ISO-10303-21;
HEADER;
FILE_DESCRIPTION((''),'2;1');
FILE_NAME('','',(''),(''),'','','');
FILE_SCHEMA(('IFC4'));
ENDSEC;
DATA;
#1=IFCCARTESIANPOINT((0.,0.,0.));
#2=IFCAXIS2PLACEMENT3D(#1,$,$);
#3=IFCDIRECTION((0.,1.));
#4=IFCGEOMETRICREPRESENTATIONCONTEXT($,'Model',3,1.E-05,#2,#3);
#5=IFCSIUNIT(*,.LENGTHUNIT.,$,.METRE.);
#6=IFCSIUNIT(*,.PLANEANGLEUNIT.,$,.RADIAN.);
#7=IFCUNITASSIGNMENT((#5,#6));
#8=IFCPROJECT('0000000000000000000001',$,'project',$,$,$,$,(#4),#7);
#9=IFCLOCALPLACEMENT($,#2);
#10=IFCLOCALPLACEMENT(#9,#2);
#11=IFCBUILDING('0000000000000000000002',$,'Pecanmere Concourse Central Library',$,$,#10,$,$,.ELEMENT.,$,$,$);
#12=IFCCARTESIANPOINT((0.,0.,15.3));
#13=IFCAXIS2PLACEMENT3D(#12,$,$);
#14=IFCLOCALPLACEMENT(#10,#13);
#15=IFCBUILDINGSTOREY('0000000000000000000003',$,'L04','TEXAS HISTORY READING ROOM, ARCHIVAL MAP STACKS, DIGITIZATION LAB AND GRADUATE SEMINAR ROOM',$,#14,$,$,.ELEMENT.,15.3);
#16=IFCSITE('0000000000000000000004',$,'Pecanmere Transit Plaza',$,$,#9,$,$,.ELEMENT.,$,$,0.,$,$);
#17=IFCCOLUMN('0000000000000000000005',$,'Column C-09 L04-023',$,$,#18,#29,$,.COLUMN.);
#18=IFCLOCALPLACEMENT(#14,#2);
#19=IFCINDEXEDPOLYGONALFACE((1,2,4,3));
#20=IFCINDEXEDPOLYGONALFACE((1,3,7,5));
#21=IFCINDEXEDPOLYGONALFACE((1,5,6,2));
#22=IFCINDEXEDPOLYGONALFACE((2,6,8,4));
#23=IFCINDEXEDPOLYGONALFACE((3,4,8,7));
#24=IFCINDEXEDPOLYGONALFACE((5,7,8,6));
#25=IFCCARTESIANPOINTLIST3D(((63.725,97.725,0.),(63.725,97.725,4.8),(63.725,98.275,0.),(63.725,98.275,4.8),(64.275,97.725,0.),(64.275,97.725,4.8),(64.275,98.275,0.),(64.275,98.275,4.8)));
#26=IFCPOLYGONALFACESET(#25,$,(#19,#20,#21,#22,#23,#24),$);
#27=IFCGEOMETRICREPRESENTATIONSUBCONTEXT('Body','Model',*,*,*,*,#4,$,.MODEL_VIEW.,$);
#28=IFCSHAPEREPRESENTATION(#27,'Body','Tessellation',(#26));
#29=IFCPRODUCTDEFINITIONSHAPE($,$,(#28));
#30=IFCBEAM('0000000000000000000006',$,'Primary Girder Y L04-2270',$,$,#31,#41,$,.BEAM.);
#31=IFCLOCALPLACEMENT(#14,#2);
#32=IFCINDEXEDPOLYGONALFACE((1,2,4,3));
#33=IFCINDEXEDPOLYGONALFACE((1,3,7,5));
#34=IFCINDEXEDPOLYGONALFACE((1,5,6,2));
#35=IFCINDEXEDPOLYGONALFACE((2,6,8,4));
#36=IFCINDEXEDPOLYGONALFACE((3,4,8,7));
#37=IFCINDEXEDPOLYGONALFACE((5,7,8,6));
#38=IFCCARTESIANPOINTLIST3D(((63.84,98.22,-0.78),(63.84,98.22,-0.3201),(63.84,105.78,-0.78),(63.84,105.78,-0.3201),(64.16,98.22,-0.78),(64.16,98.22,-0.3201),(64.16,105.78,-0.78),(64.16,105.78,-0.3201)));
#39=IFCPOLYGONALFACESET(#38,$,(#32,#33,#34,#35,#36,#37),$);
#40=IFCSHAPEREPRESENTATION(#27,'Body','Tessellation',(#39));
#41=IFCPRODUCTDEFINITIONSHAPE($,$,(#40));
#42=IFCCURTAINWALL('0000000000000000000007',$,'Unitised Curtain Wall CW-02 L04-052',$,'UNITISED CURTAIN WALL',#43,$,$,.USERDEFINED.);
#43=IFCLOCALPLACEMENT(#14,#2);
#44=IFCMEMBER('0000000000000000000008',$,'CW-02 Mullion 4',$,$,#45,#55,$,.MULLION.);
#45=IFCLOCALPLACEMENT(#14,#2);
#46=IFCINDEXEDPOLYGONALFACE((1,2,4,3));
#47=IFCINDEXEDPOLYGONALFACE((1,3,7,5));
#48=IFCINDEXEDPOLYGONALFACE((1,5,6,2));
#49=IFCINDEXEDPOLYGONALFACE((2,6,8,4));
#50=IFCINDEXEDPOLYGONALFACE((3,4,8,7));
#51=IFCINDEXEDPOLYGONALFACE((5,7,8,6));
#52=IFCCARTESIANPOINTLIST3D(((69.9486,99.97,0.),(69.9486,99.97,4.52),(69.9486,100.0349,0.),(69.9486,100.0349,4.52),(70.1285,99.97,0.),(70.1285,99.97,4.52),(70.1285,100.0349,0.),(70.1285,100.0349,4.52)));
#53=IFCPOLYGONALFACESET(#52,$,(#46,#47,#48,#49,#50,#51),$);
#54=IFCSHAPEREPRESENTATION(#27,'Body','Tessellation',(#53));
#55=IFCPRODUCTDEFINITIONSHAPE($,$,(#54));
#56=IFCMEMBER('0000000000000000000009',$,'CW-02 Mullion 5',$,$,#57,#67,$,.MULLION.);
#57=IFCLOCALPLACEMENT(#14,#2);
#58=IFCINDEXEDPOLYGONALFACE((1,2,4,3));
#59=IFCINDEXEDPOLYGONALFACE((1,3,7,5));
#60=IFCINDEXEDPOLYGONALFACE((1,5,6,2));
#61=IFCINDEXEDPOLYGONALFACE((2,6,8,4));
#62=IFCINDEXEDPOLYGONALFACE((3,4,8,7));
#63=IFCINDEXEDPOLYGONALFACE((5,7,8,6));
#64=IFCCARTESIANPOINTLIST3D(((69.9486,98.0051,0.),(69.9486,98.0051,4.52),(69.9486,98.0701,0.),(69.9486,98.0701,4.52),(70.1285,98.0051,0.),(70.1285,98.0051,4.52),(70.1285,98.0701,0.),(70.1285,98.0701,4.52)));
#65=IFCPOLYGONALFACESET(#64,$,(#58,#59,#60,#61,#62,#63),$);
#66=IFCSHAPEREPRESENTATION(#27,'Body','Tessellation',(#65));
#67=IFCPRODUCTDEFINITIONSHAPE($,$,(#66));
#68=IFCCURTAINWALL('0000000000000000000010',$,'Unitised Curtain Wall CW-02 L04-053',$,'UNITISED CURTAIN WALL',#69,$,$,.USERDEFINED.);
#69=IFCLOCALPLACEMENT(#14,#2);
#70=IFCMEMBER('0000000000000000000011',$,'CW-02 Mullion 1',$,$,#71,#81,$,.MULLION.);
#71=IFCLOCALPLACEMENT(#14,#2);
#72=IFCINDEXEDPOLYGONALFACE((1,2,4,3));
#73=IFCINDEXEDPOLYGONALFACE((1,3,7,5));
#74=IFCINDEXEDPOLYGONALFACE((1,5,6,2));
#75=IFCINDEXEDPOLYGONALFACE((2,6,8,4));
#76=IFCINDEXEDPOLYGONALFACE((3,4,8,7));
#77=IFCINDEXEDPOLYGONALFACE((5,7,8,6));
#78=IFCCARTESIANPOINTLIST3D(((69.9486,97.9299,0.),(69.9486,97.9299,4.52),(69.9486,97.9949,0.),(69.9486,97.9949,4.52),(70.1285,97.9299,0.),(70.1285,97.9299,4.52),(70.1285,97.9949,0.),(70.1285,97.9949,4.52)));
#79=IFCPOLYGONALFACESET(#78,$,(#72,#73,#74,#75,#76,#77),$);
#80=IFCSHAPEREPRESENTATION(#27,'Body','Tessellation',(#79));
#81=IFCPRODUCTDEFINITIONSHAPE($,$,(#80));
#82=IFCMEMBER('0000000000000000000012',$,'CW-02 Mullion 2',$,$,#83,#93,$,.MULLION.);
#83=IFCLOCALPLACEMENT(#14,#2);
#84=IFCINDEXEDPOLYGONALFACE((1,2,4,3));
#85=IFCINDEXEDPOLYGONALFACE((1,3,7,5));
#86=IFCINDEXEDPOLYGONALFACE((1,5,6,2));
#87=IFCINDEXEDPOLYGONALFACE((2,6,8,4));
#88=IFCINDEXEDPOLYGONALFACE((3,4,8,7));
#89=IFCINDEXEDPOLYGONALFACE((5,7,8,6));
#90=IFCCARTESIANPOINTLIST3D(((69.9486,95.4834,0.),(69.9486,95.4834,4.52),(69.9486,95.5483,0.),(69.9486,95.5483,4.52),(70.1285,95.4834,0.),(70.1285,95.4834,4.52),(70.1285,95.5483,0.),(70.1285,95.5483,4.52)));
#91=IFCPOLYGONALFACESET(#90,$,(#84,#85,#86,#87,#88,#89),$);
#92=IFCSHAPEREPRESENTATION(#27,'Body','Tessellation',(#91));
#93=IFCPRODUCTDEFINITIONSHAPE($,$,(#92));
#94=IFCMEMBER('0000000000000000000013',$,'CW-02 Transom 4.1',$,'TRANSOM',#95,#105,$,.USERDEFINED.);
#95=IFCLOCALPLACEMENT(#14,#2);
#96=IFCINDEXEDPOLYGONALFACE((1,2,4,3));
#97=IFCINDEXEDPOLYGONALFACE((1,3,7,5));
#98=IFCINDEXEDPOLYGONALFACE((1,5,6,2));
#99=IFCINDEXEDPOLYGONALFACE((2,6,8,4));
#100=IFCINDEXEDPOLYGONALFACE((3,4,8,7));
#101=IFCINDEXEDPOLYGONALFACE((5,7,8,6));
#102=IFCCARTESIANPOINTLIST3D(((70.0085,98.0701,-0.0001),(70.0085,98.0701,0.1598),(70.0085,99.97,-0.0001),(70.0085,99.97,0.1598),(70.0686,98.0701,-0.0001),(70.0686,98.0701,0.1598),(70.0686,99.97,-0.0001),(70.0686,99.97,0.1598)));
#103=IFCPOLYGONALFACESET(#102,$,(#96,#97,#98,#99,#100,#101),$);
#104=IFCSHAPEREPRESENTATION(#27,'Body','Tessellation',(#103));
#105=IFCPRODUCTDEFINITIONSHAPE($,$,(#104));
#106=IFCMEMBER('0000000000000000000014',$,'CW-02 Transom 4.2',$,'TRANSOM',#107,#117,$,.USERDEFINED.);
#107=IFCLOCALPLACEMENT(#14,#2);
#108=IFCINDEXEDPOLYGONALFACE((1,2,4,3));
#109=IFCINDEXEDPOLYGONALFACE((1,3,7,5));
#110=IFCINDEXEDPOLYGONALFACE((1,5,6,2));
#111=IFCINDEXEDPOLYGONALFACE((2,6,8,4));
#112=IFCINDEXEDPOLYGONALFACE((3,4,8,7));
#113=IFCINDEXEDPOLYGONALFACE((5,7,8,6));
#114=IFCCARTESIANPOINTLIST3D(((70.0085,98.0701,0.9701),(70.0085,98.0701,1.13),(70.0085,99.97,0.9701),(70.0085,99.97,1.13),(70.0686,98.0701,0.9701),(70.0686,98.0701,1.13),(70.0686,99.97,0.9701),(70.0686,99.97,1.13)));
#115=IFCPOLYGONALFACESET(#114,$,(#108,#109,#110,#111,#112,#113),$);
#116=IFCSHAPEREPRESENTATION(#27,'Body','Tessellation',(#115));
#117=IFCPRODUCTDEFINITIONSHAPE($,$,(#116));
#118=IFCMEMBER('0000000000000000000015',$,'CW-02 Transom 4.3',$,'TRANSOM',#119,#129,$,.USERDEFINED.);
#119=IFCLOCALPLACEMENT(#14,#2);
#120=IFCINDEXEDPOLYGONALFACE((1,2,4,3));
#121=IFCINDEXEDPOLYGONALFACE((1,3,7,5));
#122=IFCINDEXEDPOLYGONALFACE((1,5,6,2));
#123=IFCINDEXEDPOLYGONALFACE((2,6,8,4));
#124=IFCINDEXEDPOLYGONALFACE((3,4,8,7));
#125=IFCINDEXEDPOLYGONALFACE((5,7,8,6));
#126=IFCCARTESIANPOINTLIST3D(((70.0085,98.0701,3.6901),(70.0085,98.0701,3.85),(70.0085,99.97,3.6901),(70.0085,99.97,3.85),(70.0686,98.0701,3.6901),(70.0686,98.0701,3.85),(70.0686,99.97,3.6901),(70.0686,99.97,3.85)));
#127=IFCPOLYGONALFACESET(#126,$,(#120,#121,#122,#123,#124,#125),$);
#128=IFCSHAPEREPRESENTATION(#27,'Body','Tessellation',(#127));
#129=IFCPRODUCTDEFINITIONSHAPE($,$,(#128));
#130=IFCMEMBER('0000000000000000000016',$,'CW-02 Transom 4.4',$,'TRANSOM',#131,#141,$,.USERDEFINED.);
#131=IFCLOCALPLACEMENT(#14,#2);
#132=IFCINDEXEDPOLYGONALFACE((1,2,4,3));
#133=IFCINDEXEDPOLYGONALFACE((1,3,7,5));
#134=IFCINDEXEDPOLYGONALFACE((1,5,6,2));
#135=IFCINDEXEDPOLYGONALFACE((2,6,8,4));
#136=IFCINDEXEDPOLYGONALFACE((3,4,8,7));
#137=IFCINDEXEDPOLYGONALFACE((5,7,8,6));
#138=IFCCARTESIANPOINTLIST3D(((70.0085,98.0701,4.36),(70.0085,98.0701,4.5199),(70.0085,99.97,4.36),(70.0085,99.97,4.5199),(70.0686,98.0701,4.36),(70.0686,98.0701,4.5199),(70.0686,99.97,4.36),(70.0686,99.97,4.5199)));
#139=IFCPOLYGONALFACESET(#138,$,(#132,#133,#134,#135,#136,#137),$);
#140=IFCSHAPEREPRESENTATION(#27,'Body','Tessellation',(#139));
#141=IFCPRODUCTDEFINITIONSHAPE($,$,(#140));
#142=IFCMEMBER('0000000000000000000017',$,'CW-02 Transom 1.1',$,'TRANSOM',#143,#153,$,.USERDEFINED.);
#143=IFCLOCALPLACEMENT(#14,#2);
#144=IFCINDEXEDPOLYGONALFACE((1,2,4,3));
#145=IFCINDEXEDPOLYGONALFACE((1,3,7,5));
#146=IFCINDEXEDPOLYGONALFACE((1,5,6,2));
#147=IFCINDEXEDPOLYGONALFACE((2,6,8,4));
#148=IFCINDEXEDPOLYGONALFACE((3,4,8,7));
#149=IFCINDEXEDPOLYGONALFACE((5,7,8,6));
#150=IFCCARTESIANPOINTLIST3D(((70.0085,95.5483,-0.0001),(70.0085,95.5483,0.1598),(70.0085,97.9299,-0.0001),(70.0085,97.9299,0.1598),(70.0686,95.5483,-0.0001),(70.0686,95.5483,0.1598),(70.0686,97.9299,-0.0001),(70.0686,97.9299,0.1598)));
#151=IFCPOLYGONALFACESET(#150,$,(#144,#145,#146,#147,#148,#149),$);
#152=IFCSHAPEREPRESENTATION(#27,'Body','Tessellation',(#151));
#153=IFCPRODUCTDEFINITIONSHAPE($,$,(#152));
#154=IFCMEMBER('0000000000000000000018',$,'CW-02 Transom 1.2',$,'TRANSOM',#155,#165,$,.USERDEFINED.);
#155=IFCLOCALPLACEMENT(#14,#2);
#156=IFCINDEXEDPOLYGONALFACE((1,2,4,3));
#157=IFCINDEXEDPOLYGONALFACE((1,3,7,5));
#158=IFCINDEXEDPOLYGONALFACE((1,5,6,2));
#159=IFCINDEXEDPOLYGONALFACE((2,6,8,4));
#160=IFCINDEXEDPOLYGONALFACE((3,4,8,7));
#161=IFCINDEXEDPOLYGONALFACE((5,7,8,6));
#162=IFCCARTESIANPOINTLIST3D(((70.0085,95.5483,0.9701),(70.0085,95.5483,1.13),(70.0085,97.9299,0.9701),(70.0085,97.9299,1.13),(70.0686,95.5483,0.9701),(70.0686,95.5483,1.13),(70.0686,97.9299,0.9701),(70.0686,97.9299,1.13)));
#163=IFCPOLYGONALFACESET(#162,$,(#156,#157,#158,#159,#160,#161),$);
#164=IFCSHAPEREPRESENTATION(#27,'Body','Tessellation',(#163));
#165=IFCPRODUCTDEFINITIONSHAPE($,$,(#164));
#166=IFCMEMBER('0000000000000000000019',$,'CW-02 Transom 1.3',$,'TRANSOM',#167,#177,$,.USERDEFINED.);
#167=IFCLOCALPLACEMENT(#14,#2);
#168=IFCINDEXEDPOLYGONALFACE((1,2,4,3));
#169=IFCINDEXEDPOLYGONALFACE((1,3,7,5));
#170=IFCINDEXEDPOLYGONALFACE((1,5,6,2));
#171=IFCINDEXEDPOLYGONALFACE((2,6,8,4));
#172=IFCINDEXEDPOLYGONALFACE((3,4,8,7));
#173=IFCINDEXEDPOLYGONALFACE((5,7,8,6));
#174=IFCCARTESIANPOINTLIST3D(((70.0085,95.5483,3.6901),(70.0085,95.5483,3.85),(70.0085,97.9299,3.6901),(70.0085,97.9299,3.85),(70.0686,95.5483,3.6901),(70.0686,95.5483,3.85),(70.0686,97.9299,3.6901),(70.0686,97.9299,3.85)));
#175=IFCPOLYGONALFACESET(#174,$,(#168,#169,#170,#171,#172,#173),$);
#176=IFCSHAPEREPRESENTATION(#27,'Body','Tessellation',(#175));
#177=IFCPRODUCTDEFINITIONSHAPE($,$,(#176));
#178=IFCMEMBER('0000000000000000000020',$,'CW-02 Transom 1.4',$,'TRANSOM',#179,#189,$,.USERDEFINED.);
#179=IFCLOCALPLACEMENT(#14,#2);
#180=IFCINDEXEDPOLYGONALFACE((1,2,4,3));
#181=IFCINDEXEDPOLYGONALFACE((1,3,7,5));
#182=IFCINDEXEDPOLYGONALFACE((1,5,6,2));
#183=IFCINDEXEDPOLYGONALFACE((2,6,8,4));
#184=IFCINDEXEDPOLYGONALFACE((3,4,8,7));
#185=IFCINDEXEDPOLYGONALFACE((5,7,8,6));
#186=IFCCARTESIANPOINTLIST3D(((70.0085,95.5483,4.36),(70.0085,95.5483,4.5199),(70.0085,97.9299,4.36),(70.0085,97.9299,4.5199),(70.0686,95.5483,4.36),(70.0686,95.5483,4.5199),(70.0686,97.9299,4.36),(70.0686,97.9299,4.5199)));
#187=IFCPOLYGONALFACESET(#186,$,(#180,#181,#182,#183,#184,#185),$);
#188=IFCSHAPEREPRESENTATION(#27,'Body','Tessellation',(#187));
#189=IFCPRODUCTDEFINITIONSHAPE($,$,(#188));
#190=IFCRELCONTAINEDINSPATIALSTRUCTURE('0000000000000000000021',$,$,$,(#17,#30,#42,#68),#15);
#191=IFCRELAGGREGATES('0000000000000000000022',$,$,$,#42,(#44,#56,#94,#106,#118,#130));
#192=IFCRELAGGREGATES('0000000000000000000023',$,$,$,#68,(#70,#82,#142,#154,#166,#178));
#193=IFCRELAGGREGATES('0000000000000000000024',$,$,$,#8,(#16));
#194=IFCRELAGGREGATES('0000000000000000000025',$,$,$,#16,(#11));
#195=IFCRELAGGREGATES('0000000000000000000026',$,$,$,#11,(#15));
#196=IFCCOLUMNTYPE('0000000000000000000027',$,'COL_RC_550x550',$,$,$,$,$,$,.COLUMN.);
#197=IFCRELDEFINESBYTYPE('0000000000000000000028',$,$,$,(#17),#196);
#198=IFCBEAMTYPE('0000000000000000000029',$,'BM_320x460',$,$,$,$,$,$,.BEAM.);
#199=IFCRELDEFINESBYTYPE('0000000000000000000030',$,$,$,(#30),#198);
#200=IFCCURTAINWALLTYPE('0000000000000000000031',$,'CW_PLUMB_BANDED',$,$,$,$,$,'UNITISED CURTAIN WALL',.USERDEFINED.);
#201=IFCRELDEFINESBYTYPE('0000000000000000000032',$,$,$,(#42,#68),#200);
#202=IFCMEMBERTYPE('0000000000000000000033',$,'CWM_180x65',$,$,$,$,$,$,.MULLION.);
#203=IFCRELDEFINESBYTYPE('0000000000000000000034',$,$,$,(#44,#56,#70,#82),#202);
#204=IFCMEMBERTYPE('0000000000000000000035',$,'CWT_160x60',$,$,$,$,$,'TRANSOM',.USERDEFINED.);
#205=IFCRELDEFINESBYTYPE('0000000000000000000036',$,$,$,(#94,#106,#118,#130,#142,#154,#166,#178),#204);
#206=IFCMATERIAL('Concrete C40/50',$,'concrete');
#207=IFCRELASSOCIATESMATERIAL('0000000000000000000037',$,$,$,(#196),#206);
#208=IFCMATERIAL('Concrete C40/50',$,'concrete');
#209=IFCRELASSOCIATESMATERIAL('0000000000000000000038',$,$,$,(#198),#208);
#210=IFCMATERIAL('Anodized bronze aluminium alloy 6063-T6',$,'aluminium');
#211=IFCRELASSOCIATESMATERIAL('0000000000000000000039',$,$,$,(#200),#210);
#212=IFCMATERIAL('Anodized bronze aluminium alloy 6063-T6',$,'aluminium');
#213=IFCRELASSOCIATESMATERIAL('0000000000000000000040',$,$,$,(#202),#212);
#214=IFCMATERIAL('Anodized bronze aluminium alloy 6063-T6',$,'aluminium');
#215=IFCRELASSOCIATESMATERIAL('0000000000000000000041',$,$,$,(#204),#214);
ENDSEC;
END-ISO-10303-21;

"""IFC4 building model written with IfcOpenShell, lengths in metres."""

from ifc_helpers import new_model, si_unit, direction, frame, origin, origin_2d, place, context, subcontext, project, spatial, rectangle, extrude, material, material_profile, profile_set, type_object, element, aggregate, save


model = new_model("IFC4")

# Units and contexts
model_context = context("Model", 3, precision=1e-05, world=origin(), true_north=direction((0.0, 1.0)))
body_context = subcontext(model_context, "Body", "Model", "MODEL_VIEW")
ifc_project = project(units=[si_unit("LENGTHUNIT", "METRE"), si_unit("PLANEANGLEUNIT", "RADIAN")], contexts=[model_context])

# Site, building, storey
site_placement = place(None, origin())
site = spatial("IfcSite", under=ifc_project, at=site_placement, Name="Pecanmere Transit Plaza", CompositionType="ELEMENT", RefElevation=0.0)
building_placement = place(site_placement, origin())
building = spatial("IfcBuilding", under=site, at=building_placement, Name="Pecanmere Concourse Central Library", CompositionType="ELEMENT")
storey_placement = place(building_placement, frame((0.0, 0.0, 15.3)))
storey = spatial("IfcBuildingStorey", under=building, at=storey_placement, Name="L04", Description="TEXAS HISTORY READING ROOM, ARCHIVAL MAP STACKS, DIGITIZATION LAB AND GRADUATE SEMINAR ROOM", CompositionType="ELEMENT", Elevation=15.3)

# Column
ifc_material_1 = material(Name="Concrete C40/50", Category="concrete")
ifc_material_profile_1 = material_profile(ifc_material_1, rectangle(XDim=0.55, YDim=0.55, at=origin_2d()), Name="RC 550x550")
ifc_profile_set_1 = profile_set([ifc_material_profile_1], Name="Concrete C40/50")
column_type = type_object("IfcColumnType", Name="COL_RC_550x550", PredefinedType="COLUMN", material=ifc_profile_set_1)
column_placement = place(storey_placement, frame((64.0, 98.0, 0.0), z_axis=(0.0, 0.0, 1.0), x_axis=(1.0, 0.0, 0.0)))
element("IfcColumn", 1, at=column_placement, inside=storey, type_object=column_type, Name="Column C-09 L04-023", PredefinedType="COLUMN", context=body_context, shape_type="SweptSolid", body=[
    extrude(rectangle(XDim=0.55, YDim=0.55, at=origin_2d()), origin(), (0.0, 0.0, 1.0), 4.8),
])

# Beam
ifc_material_2 = material(Name="Concrete C40/50", Category="concrete")
ifc_material_profile_2 = material_profile(ifc_material_2, rectangle(XDim=0.3201, YDim=0.46, at=origin_2d()), Name="RC 320x460")
ifc_profile_set_2 = profile_set([ifc_material_profile_2], Name="Concrete C40/50")
beam_type = type_object("IfcBeamType", Name="BM_320x460", PredefinedType="BEAM", material=ifc_profile_set_2)
beam_placement = place(storey_placement, frame((64.0, 98.22, -0.55), z_axis=(0.0, 1.0, 0.0), x_axis=(-1.0, 0.0, 0.0)))
element("IfcBeam", 2, at=beam_placement, inside=storey, type_object=beam_type, Name="Primary Girder Y L04-2270", PredefinedType="BEAM", context=body_context, shape_type="SweptSolid", body=[
    extrude(rectangle(XDim=0.3201, YDim=0.46, at=origin_2d()), origin(), (0.0, 0.0, 1.0), 7.5601),
])

# Curtain walls, members
ifc_material_3 = material(Name="Anodized bronze aluminium alloy 6063-T6", Category="aluminium")
curtain_wall_type = type_object("IfcCurtainWallType", Name="CW_PLUMB_BANDED", ElementType="UNITISED CURTAIN WALL", PredefinedType="USERDEFINED", material=ifc_material_3)
curtain_wall_1_placement = place(storey_placement, origin())
curtain_wall_1 = element("IfcCurtainWall", 3, at=curtain_wall_1_placement, inside=storey, type_object=curtain_wall_type, Name="Unitised Curtain Wall CW-02 L04-052", ObjectType="UNITISED CURTAIN WALL", PredefinedType="USERDEFINED")
ifc_material_4 = material(Name="Anodized bronze aluminium alloy 6063-T6", Category="aluminium")
ifc_material_profile_3 = material_profile(ifc_material_4, rectangle(XDim=0.0649, YDim=0.1799, at=origin_2d()), Name="AL 65x180")
ifc_profile_set_3 = profile_set([ifc_material_profile_3], Name="Anodized bronze aluminium alloy 6063-T6")
member_type_1 = type_object("IfcMemberType", Name="CWM_180x65", PredefinedType="MULLION", material=ifc_profile_set_3)
member_1_placement = place(storey_placement, frame((70.0386, 100.0024, 0.0), z_axis=(0.0, 0.0, 1.0), x_axis=(0.0, -1.0, 0.0)))
member_1 = element("IfcMember", 4, at=member_1_placement, type_object=member_type_1, Name="CW-02 Mullion 4", PredefinedType="MULLION", context=body_context, shape_type="SweptSolid", body=[
    extrude(rectangle(XDim=0.0649, YDim=0.1799, at=origin_2d()), origin(), (0.0, 0.0, 1.0), 4.52),
])
member_2_placement = place(storey_placement, frame((70.0386, 98.0376, 0.0), z_axis=(0.0, 0.0, 1.0), x_axis=(0.0, -1.0, 0.0)))
member_2 = element("IfcMember", 5, at=member_2_placement, type_object=member_type_1, Name="CW-02 Mullion 5", PredefinedType="MULLION", context=body_context, shape_type="SweptSolid", body=[
    extrude(rectangle(XDim=0.0649, YDim=0.1799, at=origin_2d()), origin(), (0.0, 0.0, 1.0), 4.52),
])
curtain_wall_2_placement = place(storey_placement, origin())
curtain_wall_2 = element("IfcCurtainWall", 6, at=curtain_wall_2_placement, inside=storey, type_object=curtain_wall_type, Name="Unitised Curtain Wall CW-02 L04-053", ObjectType="UNITISED CURTAIN WALL", PredefinedType="USERDEFINED")
member_3_placement = place(storey_placement, frame((70.0386, 97.9624, 0.0), z_axis=(0.0, 0.0, 1.0), x_axis=(0.0, -1.0, 0.0)))
member_3 = element("IfcMember", 7, at=member_3_placement, type_object=member_type_1, Name="CW-02 Mullion 1", PredefinedType="MULLION", context=body_context, shape_type="SweptSolid", body=[
    extrude(rectangle(XDim=0.0649, YDim=0.1799, at=origin_2d()), origin(), (0.0, 0.0, 1.0), 4.52),
])
member_4_placement = place(storey_placement, frame((70.0386, 95.5159, 0.0), z_axis=(0.0, 0.0, 1.0), x_axis=(0.0, -1.0, 0.0)))
member_4 = element("IfcMember", 8, at=member_4_placement, type_object=member_type_1, Name="CW-02 Mullion 2", PredefinedType="MULLION", context=body_context, shape_type="SweptSolid", body=[
    extrude(rectangle(XDim=0.0649, YDim=0.1799, at=origin_2d()), origin(), (0.0, 0.0, 1.0), 4.52),
])

# Members
ifc_material_5 = material(Name="Anodized bronze aluminium alloy 6063-T6", Category="aluminium")
ifc_material_profile_4 = material_profile(ifc_material_5, rectangle(XDim=0.0601, YDim=0.1599, at=origin_2d()), Name="AL 60x160")
ifc_profile_set_4 = profile_set([ifc_material_profile_4], Name="Anodized bronze aluminium alloy 6063-T6")
member_type_2 = type_object("IfcMemberType", Name="CWT_160x60", ElementType="TRANSOM", PredefinedType="USERDEFINED", material=ifc_profile_set_4)
member_5_placement = place(storey_placement, frame((70.0386, 99.97, 0.0798), z_axis=(0.0, -1.0, 0.0), x_axis=(1.0, 0.0, 0.0)))
member_5 = element("IfcMember", 9, at=member_5_placement, type_object=member_type_2, Name="CW-02 Transom 4.1", ObjectType="TRANSOM", PredefinedType="USERDEFINED", context=body_context, shape_type="SweptSolid", body=[
    extrude(rectangle(XDim=0.0601, YDim=0.1599, at=origin_2d()), origin(), (0.0, 0.0, 1.0), 1.8999),
])
member_6_placement = place(storey_placement, frame((70.0386, 99.97, 1.05), z_axis=(0.0, -1.0, 0.0), x_axis=(1.0, 0.0, 0.0)))
member_6 = element("IfcMember", 10, at=member_6_placement, type_object=member_type_2, Name="CW-02 Transom 4.2", ObjectType="TRANSOM", PredefinedType="USERDEFINED", context=body_context, shape_type="SweptSolid", body=[
    extrude(rectangle(XDim=0.0601, YDim=0.1599, at=origin_2d()), origin(), (0.0, 0.0, 1.0), 1.8999),
])
member_7_placement = place(storey_placement, frame((70.0386, 99.97, 3.77), z_axis=(0.0, -1.0, 0.0), x_axis=(1.0, 0.0, 0.0)))
member_7 = element("IfcMember", 11, at=member_7_placement, type_object=member_type_2, Name="CW-02 Transom 4.3", ObjectType="TRANSOM", PredefinedType="USERDEFINED", context=body_context, shape_type="SweptSolid", body=[
    extrude(rectangle(XDim=0.0601, YDim=0.1599, at=origin_2d()), origin(), (0.0, 0.0, 1.0), 1.8999),
])
member_8_placement = place(storey_placement, frame((70.0386, 99.97, 4.4399), z_axis=(0.0, -1.0, 0.0), x_axis=(1.0, 0.0, 0.0)))
member_8 = element("IfcMember", 12, at=member_8_placement, type_object=member_type_2, Name="CW-02 Transom 4.4", ObjectType="TRANSOM", PredefinedType="USERDEFINED", context=body_context, shape_type="SweptSolid", body=[
    extrude(rectangle(XDim=0.0601, YDim=0.1599, at=origin_2d()), origin(), (0.0, 0.0, 1.0), 1.8999),
])
member_9_placement = place(storey_placement, frame((70.0386, 97.9299, 0.0798), z_axis=(0.0, -1.0, 0.0), x_axis=(1.0, 0.0, 0.0)))
member_9 = element("IfcMember", 13, at=member_9_placement, type_object=member_type_2, Name="CW-02 Transom 1.1", ObjectType="TRANSOM", PredefinedType="USERDEFINED", context=body_context, shape_type="SweptSolid", body=[
    extrude(rectangle(XDim=0.0601, YDim=0.1599, at=origin_2d()), origin(), (0.0, 0.0, 1.0), 2.3816),
])
member_10_placement = place(storey_placement, frame((70.0386, 97.9299, 1.05), z_axis=(0.0, -1.0, 0.0), x_axis=(1.0, 0.0, 0.0)))
member_10 = element("IfcMember", 14, at=member_10_placement, type_object=member_type_2, Name="CW-02 Transom 1.2", ObjectType="TRANSOM", PredefinedType="USERDEFINED", context=body_context, shape_type="SweptSolid", body=[
    extrude(rectangle(XDim=0.0601, YDim=0.1599, at=origin_2d()), origin(), (0.0, 0.0, 1.0), 2.3816),
])
member_11_placement = place(storey_placement, frame((70.0386, 97.9299, 3.77), z_axis=(0.0, -1.0, 0.0), x_axis=(1.0, 0.0, 0.0)))
member_11 = element("IfcMember", 15, at=member_11_placement, type_object=member_type_2, Name="CW-02 Transom 1.3", ObjectType="TRANSOM", PredefinedType="USERDEFINED", context=body_context, shape_type="SweptSolid", body=[
    extrude(rectangle(XDim=0.0601, YDim=0.1599, at=origin_2d()), origin(), (0.0, 0.0, 1.0), 2.3816),
])
member_12_placement = place(storey_placement, frame((70.0386, 97.9299, 4.4399), z_axis=(0.0, -1.0, 0.0), x_axis=(1.0, 0.0, 0.0)))
member_12 = element("IfcMember", 16, at=member_12_placement, type_object=member_type_2, Name="CW-02 Transom 1.4", ObjectType="TRANSOM", PredefinedType="USERDEFINED", context=body_context, shape_type="SweptSolid", body=[
    extrude(rectangle(XDim=0.0601, YDim=0.1599, at=origin_2d()), origin(), (0.0, 0.0, 1.0), 2.3816),
])

aggregate(curtain_wall_1, [member_1, member_2, member_5, member_6, member_7, member_8])
aggregate(curtain_wall_2, [member_3, member_4, member_9, member_10, member_11, member_12])

save(model, "model.ifc")
